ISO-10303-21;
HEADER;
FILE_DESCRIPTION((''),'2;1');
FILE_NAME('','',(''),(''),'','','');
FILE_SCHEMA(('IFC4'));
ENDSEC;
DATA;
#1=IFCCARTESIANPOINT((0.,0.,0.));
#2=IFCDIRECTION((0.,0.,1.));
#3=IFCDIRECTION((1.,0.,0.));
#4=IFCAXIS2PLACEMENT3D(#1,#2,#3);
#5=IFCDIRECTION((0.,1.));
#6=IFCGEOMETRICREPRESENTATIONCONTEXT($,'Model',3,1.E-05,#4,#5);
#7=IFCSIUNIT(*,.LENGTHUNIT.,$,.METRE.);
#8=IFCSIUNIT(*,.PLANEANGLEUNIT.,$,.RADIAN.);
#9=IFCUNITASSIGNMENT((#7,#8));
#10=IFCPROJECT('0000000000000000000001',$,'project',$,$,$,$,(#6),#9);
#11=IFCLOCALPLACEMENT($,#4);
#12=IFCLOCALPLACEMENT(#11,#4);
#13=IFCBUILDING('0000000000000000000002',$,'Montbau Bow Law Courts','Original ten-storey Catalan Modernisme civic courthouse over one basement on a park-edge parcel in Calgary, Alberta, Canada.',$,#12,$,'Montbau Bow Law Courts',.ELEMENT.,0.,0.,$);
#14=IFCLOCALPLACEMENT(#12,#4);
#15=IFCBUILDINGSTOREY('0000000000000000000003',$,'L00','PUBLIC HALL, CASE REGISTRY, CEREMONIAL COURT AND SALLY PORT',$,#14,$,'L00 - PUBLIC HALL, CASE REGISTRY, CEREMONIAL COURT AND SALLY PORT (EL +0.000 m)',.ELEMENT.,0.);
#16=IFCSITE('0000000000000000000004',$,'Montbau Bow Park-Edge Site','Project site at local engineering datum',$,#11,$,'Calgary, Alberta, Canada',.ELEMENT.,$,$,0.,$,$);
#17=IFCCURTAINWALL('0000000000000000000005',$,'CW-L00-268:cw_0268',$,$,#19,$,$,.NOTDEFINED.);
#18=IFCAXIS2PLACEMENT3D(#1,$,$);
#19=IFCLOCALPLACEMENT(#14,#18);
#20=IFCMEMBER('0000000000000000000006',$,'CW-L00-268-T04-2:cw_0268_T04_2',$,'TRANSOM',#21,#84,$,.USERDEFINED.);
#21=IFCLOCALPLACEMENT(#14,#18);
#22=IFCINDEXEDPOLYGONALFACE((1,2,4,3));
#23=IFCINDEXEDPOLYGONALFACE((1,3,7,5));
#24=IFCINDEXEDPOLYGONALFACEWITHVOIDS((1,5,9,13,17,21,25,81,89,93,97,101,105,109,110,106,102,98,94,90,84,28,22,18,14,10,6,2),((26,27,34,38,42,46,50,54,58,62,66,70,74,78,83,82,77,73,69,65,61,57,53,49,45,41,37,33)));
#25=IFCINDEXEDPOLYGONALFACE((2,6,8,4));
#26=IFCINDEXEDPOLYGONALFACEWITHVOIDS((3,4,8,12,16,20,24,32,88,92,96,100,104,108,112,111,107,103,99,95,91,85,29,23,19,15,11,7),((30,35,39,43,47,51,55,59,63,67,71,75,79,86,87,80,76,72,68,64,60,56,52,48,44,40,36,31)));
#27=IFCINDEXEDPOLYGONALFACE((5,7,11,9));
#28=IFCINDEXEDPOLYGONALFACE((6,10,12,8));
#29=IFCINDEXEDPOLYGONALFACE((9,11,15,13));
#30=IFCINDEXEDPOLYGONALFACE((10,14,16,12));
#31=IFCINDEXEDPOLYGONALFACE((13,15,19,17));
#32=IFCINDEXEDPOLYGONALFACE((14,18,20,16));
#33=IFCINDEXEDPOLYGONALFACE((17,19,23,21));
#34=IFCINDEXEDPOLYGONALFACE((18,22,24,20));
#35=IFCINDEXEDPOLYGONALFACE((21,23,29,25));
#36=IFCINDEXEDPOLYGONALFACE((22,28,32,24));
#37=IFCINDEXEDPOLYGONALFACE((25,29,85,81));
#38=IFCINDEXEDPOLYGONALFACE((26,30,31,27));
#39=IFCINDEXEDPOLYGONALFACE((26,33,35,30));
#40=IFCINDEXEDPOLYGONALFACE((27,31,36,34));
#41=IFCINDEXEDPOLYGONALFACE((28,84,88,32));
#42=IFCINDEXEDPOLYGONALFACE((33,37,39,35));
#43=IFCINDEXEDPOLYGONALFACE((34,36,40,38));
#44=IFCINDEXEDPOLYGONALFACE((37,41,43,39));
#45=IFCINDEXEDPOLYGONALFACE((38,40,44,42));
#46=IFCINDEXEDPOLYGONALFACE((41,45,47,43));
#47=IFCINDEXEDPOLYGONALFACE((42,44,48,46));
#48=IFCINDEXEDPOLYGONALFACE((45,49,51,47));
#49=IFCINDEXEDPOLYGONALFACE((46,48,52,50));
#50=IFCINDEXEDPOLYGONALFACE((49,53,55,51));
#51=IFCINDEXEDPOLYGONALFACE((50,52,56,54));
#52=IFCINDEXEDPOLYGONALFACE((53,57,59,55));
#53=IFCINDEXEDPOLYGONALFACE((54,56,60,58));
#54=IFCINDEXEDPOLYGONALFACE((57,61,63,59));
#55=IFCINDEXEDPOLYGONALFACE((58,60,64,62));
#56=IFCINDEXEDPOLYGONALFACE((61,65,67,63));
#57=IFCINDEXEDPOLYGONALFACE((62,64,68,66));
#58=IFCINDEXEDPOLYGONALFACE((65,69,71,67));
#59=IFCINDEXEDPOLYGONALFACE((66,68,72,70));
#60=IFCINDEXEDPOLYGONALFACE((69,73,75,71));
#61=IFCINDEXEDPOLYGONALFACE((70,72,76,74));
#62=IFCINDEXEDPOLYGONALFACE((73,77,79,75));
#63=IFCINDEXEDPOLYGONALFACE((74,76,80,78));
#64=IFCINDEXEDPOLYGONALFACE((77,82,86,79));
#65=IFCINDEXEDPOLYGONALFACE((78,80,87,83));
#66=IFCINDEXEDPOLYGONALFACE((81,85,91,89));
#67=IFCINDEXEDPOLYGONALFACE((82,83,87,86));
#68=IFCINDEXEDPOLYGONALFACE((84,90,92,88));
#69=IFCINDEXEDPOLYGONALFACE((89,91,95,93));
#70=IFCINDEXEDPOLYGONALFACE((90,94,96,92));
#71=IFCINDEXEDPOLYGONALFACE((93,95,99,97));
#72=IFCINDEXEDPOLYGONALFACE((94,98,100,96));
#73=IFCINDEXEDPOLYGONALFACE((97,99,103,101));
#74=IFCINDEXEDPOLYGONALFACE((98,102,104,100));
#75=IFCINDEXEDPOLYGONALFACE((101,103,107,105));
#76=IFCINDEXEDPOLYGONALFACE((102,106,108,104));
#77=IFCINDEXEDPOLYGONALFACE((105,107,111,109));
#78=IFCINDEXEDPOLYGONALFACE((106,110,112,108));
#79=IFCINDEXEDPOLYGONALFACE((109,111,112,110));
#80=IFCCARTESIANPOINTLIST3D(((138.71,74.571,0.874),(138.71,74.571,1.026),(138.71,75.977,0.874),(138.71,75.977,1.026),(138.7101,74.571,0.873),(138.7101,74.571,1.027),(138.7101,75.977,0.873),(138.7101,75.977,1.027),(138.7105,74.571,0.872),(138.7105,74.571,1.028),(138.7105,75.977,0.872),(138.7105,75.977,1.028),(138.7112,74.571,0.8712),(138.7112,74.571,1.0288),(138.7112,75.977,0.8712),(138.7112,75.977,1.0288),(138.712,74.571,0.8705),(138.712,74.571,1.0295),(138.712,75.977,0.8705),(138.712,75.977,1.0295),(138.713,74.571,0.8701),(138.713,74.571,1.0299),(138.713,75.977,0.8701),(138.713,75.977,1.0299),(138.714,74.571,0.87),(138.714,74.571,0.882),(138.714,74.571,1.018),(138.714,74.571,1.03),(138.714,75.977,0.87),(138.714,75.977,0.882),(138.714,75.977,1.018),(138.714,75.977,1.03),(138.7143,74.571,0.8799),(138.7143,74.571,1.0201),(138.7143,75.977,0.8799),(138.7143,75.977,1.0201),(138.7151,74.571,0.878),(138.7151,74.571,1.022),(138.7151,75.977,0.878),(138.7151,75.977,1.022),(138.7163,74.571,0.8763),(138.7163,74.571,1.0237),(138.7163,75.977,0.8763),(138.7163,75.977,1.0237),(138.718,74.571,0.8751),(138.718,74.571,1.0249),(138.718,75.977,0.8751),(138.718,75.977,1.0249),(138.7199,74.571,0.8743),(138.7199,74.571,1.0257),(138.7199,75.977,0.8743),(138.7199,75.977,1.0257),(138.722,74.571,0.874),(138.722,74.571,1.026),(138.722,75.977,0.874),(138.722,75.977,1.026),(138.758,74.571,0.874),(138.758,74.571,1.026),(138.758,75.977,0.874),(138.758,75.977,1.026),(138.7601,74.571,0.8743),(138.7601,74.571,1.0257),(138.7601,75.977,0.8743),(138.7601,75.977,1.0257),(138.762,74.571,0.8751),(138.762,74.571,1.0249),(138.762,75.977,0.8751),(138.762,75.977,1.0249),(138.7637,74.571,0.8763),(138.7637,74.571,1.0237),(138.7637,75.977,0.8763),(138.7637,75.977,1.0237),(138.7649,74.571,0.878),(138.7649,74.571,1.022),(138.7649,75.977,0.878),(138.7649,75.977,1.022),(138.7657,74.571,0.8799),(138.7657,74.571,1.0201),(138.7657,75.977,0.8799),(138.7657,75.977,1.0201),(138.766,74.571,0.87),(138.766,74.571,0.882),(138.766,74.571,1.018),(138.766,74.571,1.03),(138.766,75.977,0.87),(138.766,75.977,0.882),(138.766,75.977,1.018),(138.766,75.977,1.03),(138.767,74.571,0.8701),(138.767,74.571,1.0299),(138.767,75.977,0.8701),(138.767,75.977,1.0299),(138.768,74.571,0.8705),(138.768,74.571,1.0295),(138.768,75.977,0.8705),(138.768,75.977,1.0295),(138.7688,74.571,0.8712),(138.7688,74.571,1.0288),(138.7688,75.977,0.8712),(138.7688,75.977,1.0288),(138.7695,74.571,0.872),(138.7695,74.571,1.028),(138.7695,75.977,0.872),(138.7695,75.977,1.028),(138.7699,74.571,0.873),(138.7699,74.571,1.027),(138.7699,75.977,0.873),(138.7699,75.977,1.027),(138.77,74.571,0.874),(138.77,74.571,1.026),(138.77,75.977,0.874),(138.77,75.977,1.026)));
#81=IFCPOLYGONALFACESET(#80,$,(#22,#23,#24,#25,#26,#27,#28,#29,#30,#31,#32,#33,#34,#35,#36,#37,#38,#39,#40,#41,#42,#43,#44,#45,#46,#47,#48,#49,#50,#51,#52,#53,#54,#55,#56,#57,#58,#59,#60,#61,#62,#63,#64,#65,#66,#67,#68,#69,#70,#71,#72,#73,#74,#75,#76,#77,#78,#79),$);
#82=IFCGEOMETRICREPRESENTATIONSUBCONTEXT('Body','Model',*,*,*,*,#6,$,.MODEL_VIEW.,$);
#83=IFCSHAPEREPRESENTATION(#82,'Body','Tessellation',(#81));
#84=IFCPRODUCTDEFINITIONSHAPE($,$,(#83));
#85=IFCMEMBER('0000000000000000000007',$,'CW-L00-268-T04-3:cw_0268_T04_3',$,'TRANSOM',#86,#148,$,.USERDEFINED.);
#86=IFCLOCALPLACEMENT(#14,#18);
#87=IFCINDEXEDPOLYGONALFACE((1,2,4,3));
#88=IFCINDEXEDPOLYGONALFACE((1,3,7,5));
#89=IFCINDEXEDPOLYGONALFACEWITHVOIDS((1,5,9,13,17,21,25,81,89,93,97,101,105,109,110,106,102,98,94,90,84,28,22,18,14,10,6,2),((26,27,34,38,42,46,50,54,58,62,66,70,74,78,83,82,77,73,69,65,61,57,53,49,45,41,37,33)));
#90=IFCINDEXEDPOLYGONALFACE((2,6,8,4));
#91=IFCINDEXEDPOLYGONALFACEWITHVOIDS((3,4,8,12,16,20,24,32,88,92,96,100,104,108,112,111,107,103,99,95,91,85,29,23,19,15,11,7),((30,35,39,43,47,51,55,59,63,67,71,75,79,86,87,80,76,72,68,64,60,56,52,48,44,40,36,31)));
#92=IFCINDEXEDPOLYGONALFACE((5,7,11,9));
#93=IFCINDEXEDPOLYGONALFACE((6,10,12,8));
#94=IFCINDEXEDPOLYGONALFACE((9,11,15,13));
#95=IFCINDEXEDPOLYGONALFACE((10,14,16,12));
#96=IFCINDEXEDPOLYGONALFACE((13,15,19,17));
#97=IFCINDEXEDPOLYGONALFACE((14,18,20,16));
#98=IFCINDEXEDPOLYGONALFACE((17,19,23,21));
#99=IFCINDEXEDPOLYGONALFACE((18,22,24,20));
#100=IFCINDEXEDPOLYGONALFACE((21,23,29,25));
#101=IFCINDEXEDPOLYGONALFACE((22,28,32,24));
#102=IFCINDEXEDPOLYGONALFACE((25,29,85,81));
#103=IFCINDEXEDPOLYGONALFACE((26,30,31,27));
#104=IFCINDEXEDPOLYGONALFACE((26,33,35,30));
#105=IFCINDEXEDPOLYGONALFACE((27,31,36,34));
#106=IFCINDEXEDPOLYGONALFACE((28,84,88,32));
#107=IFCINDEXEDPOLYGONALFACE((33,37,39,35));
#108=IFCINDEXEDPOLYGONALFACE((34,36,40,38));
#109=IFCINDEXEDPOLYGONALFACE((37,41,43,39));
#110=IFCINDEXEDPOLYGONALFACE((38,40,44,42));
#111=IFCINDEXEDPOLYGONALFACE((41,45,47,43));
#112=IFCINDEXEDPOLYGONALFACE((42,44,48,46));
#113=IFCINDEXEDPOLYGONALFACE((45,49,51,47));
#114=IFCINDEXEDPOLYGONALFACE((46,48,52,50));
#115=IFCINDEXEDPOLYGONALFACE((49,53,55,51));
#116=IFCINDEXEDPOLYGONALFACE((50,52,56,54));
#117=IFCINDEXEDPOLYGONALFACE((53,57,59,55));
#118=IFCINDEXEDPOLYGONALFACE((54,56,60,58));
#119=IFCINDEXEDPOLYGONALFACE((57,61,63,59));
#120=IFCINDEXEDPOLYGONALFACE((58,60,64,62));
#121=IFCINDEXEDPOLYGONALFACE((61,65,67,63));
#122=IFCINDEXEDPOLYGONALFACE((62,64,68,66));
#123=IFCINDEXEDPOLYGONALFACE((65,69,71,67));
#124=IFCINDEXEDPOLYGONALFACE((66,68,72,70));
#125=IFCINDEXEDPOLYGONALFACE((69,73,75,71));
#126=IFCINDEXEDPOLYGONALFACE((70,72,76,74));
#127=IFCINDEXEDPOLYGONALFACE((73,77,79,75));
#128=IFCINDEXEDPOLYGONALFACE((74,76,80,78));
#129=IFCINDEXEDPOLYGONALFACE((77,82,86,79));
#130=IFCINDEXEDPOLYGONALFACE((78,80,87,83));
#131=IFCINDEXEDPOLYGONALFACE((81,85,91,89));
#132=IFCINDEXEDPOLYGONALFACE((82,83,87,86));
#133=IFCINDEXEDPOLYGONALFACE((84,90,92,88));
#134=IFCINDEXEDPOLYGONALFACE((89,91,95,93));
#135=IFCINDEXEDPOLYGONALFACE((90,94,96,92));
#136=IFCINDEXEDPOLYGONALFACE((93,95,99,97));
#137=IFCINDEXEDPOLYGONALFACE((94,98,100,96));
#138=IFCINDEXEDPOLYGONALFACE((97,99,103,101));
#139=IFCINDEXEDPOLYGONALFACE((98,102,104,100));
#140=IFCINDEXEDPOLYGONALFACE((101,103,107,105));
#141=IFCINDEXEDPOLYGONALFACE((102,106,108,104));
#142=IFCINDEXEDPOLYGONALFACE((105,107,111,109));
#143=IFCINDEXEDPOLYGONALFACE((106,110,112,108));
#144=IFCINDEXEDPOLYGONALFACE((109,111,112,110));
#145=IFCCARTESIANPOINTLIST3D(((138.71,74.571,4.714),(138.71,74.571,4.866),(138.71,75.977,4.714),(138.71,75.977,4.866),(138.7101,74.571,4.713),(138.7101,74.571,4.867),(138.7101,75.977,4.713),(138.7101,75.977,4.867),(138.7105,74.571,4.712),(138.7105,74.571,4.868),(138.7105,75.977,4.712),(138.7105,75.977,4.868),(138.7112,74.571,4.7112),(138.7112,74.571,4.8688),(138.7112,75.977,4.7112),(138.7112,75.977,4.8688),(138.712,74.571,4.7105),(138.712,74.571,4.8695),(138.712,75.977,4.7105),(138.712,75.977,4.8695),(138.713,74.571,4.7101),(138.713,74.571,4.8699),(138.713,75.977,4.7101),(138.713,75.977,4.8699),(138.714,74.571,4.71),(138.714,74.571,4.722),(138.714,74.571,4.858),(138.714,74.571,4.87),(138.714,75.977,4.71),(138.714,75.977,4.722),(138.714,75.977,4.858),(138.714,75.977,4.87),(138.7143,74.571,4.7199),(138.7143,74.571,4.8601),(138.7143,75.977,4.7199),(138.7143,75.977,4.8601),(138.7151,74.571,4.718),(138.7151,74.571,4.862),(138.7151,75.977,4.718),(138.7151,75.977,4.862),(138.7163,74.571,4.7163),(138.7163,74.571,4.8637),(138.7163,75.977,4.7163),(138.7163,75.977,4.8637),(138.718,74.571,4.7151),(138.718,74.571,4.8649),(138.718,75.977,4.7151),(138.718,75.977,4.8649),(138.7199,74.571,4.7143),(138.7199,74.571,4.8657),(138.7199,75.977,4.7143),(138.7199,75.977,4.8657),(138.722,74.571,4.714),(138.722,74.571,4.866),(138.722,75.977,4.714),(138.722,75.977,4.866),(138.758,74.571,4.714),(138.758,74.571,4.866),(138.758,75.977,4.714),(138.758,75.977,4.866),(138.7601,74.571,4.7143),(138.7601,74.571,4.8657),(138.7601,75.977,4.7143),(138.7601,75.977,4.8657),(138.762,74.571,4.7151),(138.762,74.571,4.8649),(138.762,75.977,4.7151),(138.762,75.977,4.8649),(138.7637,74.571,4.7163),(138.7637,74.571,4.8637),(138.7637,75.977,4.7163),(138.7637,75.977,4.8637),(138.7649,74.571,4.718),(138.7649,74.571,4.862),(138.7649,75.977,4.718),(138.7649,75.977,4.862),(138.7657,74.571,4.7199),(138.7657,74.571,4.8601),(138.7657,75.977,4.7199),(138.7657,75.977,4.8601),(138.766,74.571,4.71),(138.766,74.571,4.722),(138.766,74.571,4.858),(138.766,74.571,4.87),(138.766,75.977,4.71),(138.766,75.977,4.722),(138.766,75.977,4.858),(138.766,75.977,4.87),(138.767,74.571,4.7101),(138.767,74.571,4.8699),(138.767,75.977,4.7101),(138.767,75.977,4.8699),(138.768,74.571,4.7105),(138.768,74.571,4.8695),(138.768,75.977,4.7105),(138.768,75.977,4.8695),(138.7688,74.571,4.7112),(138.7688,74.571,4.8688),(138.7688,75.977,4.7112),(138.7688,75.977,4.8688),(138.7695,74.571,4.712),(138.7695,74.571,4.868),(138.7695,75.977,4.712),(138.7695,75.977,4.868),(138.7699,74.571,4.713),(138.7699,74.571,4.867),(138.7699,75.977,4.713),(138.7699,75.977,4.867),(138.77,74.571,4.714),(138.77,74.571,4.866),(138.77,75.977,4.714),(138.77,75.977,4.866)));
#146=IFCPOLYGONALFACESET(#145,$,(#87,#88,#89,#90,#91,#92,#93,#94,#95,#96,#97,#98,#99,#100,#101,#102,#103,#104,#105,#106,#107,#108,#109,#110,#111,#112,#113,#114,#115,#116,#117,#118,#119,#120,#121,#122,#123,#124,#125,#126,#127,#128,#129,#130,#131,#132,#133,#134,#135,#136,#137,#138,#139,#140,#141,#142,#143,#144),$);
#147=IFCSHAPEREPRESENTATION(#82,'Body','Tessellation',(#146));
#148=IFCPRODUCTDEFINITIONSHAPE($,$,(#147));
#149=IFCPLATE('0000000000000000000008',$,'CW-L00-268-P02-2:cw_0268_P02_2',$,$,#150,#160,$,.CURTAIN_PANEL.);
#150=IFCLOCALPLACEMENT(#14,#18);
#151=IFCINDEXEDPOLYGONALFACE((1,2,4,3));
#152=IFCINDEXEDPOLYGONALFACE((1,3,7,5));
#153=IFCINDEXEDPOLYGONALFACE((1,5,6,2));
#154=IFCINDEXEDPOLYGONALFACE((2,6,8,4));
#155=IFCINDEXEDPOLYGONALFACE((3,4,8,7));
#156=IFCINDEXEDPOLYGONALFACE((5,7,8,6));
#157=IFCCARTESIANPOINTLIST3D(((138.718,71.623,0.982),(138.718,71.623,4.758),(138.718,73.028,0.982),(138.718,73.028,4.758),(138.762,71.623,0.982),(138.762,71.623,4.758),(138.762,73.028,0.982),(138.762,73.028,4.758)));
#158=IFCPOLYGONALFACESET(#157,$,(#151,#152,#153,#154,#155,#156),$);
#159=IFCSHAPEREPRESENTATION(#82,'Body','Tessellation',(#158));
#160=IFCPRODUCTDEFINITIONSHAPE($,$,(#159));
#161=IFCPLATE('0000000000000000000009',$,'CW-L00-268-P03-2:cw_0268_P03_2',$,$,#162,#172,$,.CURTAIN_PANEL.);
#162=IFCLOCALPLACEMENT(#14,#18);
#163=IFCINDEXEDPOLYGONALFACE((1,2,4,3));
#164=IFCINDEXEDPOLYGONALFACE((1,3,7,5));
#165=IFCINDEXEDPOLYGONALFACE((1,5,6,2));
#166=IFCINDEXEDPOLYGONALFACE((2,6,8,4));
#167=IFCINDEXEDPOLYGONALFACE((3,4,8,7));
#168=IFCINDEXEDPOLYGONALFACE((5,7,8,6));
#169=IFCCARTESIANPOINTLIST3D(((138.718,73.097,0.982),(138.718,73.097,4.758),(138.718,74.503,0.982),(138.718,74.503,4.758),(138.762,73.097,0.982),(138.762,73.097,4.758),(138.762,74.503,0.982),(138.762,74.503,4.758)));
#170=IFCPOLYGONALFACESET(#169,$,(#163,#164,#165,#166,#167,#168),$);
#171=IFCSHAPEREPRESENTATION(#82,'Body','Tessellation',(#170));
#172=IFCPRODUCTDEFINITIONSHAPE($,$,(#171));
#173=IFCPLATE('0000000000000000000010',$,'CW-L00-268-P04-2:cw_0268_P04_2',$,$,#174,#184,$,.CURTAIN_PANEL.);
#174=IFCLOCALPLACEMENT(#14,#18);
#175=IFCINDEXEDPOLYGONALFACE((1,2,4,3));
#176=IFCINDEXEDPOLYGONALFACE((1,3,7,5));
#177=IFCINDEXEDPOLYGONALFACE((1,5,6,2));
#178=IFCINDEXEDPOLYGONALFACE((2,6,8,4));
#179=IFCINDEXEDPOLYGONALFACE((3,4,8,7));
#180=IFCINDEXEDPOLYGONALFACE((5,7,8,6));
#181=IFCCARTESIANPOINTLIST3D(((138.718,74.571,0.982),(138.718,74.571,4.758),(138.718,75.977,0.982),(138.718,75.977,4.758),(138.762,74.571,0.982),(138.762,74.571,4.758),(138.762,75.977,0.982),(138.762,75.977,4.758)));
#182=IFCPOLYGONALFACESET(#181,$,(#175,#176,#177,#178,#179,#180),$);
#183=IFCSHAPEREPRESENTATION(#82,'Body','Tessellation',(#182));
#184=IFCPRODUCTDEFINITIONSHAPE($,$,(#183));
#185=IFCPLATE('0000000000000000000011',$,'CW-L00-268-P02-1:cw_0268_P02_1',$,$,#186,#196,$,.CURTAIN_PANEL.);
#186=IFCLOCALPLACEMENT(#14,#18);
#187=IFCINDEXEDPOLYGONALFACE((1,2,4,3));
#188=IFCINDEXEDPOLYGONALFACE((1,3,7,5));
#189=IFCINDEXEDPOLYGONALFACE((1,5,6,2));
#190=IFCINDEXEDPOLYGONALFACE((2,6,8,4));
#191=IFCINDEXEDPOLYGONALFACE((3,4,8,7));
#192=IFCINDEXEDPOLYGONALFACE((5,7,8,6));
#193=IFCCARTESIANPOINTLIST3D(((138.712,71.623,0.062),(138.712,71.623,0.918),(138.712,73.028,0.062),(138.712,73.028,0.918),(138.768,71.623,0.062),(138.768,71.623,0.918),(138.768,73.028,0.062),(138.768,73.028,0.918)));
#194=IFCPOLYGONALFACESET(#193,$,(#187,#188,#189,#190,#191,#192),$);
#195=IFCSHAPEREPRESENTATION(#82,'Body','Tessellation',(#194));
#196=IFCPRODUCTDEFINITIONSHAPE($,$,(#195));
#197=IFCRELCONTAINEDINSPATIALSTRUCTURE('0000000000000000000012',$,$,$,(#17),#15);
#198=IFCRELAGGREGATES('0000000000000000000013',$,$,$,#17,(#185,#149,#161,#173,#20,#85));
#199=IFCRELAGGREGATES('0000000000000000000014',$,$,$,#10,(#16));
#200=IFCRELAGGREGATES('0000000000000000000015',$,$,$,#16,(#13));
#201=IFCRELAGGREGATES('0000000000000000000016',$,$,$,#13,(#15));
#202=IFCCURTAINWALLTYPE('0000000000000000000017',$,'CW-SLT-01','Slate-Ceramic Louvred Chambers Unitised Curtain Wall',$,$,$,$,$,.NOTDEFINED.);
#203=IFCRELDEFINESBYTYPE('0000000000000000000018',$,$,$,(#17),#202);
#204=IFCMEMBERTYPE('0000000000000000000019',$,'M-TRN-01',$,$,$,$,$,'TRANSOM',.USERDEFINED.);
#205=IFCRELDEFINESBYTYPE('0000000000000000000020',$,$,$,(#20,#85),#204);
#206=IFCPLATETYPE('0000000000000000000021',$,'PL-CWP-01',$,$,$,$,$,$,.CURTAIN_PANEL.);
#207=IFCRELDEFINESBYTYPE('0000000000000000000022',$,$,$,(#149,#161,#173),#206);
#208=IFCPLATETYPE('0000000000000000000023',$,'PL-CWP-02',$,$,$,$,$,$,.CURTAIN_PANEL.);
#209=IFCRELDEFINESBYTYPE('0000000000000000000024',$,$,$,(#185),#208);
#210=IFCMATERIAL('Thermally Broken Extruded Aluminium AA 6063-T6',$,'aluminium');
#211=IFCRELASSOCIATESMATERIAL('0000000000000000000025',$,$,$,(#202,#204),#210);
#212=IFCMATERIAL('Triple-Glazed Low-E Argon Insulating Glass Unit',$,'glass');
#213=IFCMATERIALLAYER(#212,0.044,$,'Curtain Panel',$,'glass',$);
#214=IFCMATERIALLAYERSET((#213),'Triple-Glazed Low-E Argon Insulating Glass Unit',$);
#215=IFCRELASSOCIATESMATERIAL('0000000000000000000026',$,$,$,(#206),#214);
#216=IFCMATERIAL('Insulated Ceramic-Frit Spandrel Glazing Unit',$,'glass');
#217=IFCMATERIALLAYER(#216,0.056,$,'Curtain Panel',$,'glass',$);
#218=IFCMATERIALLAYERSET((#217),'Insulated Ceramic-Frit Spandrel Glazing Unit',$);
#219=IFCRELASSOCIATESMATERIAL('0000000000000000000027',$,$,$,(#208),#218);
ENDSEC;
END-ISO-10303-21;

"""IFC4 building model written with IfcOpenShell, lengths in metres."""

from ifc_helpers import new_model, si_unit, direction, frame, frame_2d, origin_with_axes, origin_2d_with_axis, place, context, subcontext, project, spatial, rectangle, hollow_rectangle, extrude, material, layer, layer_set, material_profile, profile_set, type_object, element, aggregate, save


model = new_model("IFC4")

# Units and contexts
model_context = context("Model", 3, precision=1e-05, world=origin_with_axes(), true_north=direction((0.0, 1.0)))
body_context = subcontext(model_context, "Body", "Model", "MODEL_VIEW")
ifc_project = project(units=[si_unit("LENGTHUNIT", "METRE"), si_unit("PLANEANGLEUNIT", "RADIAN")], contexts=[model_context])

# Site, building, storey
site_placement = place(None, origin_with_axes())
site = spatial("IfcSite", under=ifc_project, at=site_placement, Name="Montbau Bow Park-Edge Site", Description="Project site at local engineering datum", LongName="Calgary, Alberta, Canada", CompositionType="ELEMENT", RefElevation=0.0)
building_placement = place(site_placement, origin_with_axes())
building = spatial("IfcBuilding", under=site, at=building_placement, Name="Montbau Bow Law Courts", Description="Original ten-storey Catalan Modernisme civic courthouse over one basement on a park-edge parcel in Calgary, Alberta, Canada.", LongName="Montbau Bow Law Courts", CompositionType="ELEMENT", ElevationOfRefHeight=0.0, ElevationOfTerrain=0.0)
storey_placement = place(building_placement, origin_with_axes())
storey = spatial("IfcBuildingStorey", under=building, at=storey_placement, Name="L00", Description="PUBLIC HALL, CASE REGISTRY, CEREMONIAL COURT AND SALLY PORT", LongName="L00 - PUBLIC HALL, CASE REGISTRY, CEREMONIAL COURT AND SALLY PORT (EL +0.000 m)", CompositionType="ELEMENT", Elevation=0.0)

# Curtain wall, members, plates
ifc_material_1 = material(Name="Thermally Broken Extruded Aluminium AA 6063-T6", Category="aluminium")
curtain_wall_type = type_object("IfcCurtainWallType", Name="CW-SLT-01", Description="Slate-Ceramic Louvred Chambers Unitised Curtain Wall", PredefinedType="NOTDEFINED", material=ifc_material_1)
curtain_wall_placement = place(None, frame((138.74, 70.115, 0.0), z_axis=(0.0, 0.0, 1.0), x_axis=(1.0, 0.0, 0.0)))
curtain_wall = element("IfcCurtainWall", 1, at=curtain_wall_placement, inside=storey, type_object=curtain_wall_type, Name="CW-L00-268:cw_0268", PredefinedType="NOTDEFINED")
ifc_material_profile_1 = material_profile(ifc_material_1, hollow_rectangle(XDim=0.06, YDim=0.16, WallThickness=0.004, InnerFilletRadius=0.008, OuterFilletRadius=0.004, at=origin_2d_with_axis()), Name="CWT-160X60", Category="Main", Priority=0)
ifc_profile_set_1 = profile_set([ifc_material_profile_1], Name="Thermally Broken Extruded Aluminium AA 6063-T6")
member_type_1 = type_object("IfcMemberType", Name="M-TRN-01", ElementType="TRANSOM", PredefinedType="USERDEFINED", material=ifc_profile_set_1)
member_1_placement = place(None, frame((138.74, 74.571, 0.95), z_axis=(0.0, 1.0, 0.0), x_axis=(-1.0, 0.0, 0.0)))
member_1 = element("IfcMember", 2, at=member_1_placement, type_object=member_type_1, Name="CW-L00-268-T04-2:cw_0268_T04_2", ObjectType="TRANSOM", PredefinedType="USERDEFINED", context=body_context, shape_type="SweptSolid", body=[
    extrude(hollow_rectangle(XDim=0.06, YDim=0.16, WallThickness=0.004, InnerFilletRadius=0.008, OuterFilletRadius=0.004, at=origin_2d_with_axis()), origin_with_axes(), (0.0, 0.0, 1.0), 1.406),
])
member_2_placement = place(None, frame((138.74, 74.571, 4.79), z_axis=(0.0, 1.0, 0.0), x_axis=(-1.0, 0.0, 0.0)))
member_2 = element("IfcMember", 3, at=member_2_placement, type_object=member_type_1, Name="CW-L00-268-T04-3:cw_0268_T04_3", ObjectType="TRANSOM", PredefinedType="USERDEFINED", context=body_context, shape_type="SweptSolid", body=[
    extrude(hollow_rectangle(XDim=0.06, YDim=0.16, WallThickness=0.004, InnerFilletRadius=0.008, OuterFilletRadius=0.004, at=origin_2d_with_axis()), origin_with_axes(), (0.0, 0.0, 1.0), 1.406),
])
ifc_material_2 = material(Name="Triple-Glazed Low-E Argon Insulating Glass Unit", Category="glass")
ifc_layer_1 = layer(ifc_material_2, 0.044, Name="Curtain Panel", Category="glass")
ifc_layer_set_1 = layer_set([ifc_layer_1], Name="Triple-Glazed Low-E Argon Insulating Glass Unit")
plate_type_1 = type_object("IfcPlateType", Name="PL-CWP-01", PredefinedType="CURTAIN_PANEL", material=ifc_layer_set_1)
plate_1_placement = place(None, frame((138.74, 71.623, 0.982), z_axis=(1.0, 0.0, 0.0), x_axis=(0.0, 1.0, 0.0)))
plate_1 = element("IfcPlate", 4, at=plate_1_placement, type_object=plate_type_1, Name="CW-L00-268-P02-2:cw_0268_P02_2", PredefinedType="CURTAIN_PANEL", context=body_context, shape_type="SweptSolid", body=[
    extrude(rectangle(XDim=1.405, YDim=3.776, at=frame_2d((0.7025, 1.888), x_axis=(1.0, 0.0))), frame((0.0, 0.0, -0.022), z_axis=(0.0, 0.0, 1.0), x_axis=(1.0, 0.0, 0.0)), (0.0, 0.0, 1.0), 0.044),
])
plate_2_placement = place(None, frame((138.74, 73.097, 0.982), z_axis=(1.0, 0.0, 0.0), x_axis=(0.0, 1.0, 0.0)))
plate_2 = element("IfcPlate", 5, at=plate_2_placement, type_object=plate_type_1, Name="CW-L00-268-P03-2:cw_0268_P03_2", PredefinedType="CURTAIN_PANEL", context=body_context, shape_type="SweptSolid", body=[
    extrude(rectangle(XDim=1.406, YDim=3.776, at=frame_2d((0.703, 1.888), x_axis=(1.0, 0.0))), frame((0.0, 0.0, -0.022), z_axis=(0.0, 0.0, 1.0), x_axis=(1.0, 0.0, 0.0)), (0.0, 0.0, 1.0), 0.044),
])
plate_3_placement = place(None, frame((138.74, 74.571, 0.982), z_axis=(1.0, 0.0, 0.0), x_axis=(0.0, 1.0, 0.0)))
plate_3 = element("IfcPlate", 6, at=plate_3_placement, type_object=plate_type_1, Name="CW-L00-268-P04-2:cw_0268_P04_2", PredefinedType="CURTAIN_PANEL", context=body_context, shape_type="SweptSolid", body=[
    extrude(rectangle(XDim=1.406, YDim=3.776, at=frame_2d((0.703, 1.888), x_axis=(1.0, 0.0))), frame((0.0, 0.0, -0.022), z_axis=(0.0, 0.0, 1.0), x_axis=(1.0, 0.0, 0.0)), (0.0, 0.0, 1.0), 0.044),
])
ifc_material_3 = material(Name="Insulated Ceramic-Frit Spandrel Glazing Unit", Category="glass")
ifc_layer_2 = layer(ifc_material_3, 0.056, Name="Curtain Panel", Category="glass")
ifc_layer_set_2 = layer_set([ifc_layer_2], Name="Insulated Ceramic-Frit Spandrel Glazing Unit")
plate_type_2 = type_object("IfcPlateType", Name="PL-CWP-02", PredefinedType="CURTAIN_PANEL", material=ifc_layer_set_2)
plate_4_placement = place(None, frame((138.74, 71.623, 0.062), z_axis=(1.0, 0.0, 0.0), x_axis=(0.0, 1.0, 0.0)))
plate_4 = element("IfcPlate", 7, at=plate_4_placement, type_object=plate_type_2, Name="CW-L00-268-P02-1:cw_0268_P02_1", PredefinedType="CURTAIN_PANEL", context=body_context, shape_type="SweptSolid", body=[
    extrude(rectangle(XDim=1.405, YDim=0.856, at=frame_2d((0.7025, 0.428), x_axis=(1.0, 0.0))), frame((0.0, 0.0, -0.028), z_axis=(0.0, 0.0, 1.0), x_axis=(1.0, 0.0, 0.0)), (0.0, 0.0, 1.0), 0.056),
])
aggregate(curtain_wall, [plate_4, plate_1, plate_2, plate_3, member_1, member_2])

save(model, "model.ifc")
